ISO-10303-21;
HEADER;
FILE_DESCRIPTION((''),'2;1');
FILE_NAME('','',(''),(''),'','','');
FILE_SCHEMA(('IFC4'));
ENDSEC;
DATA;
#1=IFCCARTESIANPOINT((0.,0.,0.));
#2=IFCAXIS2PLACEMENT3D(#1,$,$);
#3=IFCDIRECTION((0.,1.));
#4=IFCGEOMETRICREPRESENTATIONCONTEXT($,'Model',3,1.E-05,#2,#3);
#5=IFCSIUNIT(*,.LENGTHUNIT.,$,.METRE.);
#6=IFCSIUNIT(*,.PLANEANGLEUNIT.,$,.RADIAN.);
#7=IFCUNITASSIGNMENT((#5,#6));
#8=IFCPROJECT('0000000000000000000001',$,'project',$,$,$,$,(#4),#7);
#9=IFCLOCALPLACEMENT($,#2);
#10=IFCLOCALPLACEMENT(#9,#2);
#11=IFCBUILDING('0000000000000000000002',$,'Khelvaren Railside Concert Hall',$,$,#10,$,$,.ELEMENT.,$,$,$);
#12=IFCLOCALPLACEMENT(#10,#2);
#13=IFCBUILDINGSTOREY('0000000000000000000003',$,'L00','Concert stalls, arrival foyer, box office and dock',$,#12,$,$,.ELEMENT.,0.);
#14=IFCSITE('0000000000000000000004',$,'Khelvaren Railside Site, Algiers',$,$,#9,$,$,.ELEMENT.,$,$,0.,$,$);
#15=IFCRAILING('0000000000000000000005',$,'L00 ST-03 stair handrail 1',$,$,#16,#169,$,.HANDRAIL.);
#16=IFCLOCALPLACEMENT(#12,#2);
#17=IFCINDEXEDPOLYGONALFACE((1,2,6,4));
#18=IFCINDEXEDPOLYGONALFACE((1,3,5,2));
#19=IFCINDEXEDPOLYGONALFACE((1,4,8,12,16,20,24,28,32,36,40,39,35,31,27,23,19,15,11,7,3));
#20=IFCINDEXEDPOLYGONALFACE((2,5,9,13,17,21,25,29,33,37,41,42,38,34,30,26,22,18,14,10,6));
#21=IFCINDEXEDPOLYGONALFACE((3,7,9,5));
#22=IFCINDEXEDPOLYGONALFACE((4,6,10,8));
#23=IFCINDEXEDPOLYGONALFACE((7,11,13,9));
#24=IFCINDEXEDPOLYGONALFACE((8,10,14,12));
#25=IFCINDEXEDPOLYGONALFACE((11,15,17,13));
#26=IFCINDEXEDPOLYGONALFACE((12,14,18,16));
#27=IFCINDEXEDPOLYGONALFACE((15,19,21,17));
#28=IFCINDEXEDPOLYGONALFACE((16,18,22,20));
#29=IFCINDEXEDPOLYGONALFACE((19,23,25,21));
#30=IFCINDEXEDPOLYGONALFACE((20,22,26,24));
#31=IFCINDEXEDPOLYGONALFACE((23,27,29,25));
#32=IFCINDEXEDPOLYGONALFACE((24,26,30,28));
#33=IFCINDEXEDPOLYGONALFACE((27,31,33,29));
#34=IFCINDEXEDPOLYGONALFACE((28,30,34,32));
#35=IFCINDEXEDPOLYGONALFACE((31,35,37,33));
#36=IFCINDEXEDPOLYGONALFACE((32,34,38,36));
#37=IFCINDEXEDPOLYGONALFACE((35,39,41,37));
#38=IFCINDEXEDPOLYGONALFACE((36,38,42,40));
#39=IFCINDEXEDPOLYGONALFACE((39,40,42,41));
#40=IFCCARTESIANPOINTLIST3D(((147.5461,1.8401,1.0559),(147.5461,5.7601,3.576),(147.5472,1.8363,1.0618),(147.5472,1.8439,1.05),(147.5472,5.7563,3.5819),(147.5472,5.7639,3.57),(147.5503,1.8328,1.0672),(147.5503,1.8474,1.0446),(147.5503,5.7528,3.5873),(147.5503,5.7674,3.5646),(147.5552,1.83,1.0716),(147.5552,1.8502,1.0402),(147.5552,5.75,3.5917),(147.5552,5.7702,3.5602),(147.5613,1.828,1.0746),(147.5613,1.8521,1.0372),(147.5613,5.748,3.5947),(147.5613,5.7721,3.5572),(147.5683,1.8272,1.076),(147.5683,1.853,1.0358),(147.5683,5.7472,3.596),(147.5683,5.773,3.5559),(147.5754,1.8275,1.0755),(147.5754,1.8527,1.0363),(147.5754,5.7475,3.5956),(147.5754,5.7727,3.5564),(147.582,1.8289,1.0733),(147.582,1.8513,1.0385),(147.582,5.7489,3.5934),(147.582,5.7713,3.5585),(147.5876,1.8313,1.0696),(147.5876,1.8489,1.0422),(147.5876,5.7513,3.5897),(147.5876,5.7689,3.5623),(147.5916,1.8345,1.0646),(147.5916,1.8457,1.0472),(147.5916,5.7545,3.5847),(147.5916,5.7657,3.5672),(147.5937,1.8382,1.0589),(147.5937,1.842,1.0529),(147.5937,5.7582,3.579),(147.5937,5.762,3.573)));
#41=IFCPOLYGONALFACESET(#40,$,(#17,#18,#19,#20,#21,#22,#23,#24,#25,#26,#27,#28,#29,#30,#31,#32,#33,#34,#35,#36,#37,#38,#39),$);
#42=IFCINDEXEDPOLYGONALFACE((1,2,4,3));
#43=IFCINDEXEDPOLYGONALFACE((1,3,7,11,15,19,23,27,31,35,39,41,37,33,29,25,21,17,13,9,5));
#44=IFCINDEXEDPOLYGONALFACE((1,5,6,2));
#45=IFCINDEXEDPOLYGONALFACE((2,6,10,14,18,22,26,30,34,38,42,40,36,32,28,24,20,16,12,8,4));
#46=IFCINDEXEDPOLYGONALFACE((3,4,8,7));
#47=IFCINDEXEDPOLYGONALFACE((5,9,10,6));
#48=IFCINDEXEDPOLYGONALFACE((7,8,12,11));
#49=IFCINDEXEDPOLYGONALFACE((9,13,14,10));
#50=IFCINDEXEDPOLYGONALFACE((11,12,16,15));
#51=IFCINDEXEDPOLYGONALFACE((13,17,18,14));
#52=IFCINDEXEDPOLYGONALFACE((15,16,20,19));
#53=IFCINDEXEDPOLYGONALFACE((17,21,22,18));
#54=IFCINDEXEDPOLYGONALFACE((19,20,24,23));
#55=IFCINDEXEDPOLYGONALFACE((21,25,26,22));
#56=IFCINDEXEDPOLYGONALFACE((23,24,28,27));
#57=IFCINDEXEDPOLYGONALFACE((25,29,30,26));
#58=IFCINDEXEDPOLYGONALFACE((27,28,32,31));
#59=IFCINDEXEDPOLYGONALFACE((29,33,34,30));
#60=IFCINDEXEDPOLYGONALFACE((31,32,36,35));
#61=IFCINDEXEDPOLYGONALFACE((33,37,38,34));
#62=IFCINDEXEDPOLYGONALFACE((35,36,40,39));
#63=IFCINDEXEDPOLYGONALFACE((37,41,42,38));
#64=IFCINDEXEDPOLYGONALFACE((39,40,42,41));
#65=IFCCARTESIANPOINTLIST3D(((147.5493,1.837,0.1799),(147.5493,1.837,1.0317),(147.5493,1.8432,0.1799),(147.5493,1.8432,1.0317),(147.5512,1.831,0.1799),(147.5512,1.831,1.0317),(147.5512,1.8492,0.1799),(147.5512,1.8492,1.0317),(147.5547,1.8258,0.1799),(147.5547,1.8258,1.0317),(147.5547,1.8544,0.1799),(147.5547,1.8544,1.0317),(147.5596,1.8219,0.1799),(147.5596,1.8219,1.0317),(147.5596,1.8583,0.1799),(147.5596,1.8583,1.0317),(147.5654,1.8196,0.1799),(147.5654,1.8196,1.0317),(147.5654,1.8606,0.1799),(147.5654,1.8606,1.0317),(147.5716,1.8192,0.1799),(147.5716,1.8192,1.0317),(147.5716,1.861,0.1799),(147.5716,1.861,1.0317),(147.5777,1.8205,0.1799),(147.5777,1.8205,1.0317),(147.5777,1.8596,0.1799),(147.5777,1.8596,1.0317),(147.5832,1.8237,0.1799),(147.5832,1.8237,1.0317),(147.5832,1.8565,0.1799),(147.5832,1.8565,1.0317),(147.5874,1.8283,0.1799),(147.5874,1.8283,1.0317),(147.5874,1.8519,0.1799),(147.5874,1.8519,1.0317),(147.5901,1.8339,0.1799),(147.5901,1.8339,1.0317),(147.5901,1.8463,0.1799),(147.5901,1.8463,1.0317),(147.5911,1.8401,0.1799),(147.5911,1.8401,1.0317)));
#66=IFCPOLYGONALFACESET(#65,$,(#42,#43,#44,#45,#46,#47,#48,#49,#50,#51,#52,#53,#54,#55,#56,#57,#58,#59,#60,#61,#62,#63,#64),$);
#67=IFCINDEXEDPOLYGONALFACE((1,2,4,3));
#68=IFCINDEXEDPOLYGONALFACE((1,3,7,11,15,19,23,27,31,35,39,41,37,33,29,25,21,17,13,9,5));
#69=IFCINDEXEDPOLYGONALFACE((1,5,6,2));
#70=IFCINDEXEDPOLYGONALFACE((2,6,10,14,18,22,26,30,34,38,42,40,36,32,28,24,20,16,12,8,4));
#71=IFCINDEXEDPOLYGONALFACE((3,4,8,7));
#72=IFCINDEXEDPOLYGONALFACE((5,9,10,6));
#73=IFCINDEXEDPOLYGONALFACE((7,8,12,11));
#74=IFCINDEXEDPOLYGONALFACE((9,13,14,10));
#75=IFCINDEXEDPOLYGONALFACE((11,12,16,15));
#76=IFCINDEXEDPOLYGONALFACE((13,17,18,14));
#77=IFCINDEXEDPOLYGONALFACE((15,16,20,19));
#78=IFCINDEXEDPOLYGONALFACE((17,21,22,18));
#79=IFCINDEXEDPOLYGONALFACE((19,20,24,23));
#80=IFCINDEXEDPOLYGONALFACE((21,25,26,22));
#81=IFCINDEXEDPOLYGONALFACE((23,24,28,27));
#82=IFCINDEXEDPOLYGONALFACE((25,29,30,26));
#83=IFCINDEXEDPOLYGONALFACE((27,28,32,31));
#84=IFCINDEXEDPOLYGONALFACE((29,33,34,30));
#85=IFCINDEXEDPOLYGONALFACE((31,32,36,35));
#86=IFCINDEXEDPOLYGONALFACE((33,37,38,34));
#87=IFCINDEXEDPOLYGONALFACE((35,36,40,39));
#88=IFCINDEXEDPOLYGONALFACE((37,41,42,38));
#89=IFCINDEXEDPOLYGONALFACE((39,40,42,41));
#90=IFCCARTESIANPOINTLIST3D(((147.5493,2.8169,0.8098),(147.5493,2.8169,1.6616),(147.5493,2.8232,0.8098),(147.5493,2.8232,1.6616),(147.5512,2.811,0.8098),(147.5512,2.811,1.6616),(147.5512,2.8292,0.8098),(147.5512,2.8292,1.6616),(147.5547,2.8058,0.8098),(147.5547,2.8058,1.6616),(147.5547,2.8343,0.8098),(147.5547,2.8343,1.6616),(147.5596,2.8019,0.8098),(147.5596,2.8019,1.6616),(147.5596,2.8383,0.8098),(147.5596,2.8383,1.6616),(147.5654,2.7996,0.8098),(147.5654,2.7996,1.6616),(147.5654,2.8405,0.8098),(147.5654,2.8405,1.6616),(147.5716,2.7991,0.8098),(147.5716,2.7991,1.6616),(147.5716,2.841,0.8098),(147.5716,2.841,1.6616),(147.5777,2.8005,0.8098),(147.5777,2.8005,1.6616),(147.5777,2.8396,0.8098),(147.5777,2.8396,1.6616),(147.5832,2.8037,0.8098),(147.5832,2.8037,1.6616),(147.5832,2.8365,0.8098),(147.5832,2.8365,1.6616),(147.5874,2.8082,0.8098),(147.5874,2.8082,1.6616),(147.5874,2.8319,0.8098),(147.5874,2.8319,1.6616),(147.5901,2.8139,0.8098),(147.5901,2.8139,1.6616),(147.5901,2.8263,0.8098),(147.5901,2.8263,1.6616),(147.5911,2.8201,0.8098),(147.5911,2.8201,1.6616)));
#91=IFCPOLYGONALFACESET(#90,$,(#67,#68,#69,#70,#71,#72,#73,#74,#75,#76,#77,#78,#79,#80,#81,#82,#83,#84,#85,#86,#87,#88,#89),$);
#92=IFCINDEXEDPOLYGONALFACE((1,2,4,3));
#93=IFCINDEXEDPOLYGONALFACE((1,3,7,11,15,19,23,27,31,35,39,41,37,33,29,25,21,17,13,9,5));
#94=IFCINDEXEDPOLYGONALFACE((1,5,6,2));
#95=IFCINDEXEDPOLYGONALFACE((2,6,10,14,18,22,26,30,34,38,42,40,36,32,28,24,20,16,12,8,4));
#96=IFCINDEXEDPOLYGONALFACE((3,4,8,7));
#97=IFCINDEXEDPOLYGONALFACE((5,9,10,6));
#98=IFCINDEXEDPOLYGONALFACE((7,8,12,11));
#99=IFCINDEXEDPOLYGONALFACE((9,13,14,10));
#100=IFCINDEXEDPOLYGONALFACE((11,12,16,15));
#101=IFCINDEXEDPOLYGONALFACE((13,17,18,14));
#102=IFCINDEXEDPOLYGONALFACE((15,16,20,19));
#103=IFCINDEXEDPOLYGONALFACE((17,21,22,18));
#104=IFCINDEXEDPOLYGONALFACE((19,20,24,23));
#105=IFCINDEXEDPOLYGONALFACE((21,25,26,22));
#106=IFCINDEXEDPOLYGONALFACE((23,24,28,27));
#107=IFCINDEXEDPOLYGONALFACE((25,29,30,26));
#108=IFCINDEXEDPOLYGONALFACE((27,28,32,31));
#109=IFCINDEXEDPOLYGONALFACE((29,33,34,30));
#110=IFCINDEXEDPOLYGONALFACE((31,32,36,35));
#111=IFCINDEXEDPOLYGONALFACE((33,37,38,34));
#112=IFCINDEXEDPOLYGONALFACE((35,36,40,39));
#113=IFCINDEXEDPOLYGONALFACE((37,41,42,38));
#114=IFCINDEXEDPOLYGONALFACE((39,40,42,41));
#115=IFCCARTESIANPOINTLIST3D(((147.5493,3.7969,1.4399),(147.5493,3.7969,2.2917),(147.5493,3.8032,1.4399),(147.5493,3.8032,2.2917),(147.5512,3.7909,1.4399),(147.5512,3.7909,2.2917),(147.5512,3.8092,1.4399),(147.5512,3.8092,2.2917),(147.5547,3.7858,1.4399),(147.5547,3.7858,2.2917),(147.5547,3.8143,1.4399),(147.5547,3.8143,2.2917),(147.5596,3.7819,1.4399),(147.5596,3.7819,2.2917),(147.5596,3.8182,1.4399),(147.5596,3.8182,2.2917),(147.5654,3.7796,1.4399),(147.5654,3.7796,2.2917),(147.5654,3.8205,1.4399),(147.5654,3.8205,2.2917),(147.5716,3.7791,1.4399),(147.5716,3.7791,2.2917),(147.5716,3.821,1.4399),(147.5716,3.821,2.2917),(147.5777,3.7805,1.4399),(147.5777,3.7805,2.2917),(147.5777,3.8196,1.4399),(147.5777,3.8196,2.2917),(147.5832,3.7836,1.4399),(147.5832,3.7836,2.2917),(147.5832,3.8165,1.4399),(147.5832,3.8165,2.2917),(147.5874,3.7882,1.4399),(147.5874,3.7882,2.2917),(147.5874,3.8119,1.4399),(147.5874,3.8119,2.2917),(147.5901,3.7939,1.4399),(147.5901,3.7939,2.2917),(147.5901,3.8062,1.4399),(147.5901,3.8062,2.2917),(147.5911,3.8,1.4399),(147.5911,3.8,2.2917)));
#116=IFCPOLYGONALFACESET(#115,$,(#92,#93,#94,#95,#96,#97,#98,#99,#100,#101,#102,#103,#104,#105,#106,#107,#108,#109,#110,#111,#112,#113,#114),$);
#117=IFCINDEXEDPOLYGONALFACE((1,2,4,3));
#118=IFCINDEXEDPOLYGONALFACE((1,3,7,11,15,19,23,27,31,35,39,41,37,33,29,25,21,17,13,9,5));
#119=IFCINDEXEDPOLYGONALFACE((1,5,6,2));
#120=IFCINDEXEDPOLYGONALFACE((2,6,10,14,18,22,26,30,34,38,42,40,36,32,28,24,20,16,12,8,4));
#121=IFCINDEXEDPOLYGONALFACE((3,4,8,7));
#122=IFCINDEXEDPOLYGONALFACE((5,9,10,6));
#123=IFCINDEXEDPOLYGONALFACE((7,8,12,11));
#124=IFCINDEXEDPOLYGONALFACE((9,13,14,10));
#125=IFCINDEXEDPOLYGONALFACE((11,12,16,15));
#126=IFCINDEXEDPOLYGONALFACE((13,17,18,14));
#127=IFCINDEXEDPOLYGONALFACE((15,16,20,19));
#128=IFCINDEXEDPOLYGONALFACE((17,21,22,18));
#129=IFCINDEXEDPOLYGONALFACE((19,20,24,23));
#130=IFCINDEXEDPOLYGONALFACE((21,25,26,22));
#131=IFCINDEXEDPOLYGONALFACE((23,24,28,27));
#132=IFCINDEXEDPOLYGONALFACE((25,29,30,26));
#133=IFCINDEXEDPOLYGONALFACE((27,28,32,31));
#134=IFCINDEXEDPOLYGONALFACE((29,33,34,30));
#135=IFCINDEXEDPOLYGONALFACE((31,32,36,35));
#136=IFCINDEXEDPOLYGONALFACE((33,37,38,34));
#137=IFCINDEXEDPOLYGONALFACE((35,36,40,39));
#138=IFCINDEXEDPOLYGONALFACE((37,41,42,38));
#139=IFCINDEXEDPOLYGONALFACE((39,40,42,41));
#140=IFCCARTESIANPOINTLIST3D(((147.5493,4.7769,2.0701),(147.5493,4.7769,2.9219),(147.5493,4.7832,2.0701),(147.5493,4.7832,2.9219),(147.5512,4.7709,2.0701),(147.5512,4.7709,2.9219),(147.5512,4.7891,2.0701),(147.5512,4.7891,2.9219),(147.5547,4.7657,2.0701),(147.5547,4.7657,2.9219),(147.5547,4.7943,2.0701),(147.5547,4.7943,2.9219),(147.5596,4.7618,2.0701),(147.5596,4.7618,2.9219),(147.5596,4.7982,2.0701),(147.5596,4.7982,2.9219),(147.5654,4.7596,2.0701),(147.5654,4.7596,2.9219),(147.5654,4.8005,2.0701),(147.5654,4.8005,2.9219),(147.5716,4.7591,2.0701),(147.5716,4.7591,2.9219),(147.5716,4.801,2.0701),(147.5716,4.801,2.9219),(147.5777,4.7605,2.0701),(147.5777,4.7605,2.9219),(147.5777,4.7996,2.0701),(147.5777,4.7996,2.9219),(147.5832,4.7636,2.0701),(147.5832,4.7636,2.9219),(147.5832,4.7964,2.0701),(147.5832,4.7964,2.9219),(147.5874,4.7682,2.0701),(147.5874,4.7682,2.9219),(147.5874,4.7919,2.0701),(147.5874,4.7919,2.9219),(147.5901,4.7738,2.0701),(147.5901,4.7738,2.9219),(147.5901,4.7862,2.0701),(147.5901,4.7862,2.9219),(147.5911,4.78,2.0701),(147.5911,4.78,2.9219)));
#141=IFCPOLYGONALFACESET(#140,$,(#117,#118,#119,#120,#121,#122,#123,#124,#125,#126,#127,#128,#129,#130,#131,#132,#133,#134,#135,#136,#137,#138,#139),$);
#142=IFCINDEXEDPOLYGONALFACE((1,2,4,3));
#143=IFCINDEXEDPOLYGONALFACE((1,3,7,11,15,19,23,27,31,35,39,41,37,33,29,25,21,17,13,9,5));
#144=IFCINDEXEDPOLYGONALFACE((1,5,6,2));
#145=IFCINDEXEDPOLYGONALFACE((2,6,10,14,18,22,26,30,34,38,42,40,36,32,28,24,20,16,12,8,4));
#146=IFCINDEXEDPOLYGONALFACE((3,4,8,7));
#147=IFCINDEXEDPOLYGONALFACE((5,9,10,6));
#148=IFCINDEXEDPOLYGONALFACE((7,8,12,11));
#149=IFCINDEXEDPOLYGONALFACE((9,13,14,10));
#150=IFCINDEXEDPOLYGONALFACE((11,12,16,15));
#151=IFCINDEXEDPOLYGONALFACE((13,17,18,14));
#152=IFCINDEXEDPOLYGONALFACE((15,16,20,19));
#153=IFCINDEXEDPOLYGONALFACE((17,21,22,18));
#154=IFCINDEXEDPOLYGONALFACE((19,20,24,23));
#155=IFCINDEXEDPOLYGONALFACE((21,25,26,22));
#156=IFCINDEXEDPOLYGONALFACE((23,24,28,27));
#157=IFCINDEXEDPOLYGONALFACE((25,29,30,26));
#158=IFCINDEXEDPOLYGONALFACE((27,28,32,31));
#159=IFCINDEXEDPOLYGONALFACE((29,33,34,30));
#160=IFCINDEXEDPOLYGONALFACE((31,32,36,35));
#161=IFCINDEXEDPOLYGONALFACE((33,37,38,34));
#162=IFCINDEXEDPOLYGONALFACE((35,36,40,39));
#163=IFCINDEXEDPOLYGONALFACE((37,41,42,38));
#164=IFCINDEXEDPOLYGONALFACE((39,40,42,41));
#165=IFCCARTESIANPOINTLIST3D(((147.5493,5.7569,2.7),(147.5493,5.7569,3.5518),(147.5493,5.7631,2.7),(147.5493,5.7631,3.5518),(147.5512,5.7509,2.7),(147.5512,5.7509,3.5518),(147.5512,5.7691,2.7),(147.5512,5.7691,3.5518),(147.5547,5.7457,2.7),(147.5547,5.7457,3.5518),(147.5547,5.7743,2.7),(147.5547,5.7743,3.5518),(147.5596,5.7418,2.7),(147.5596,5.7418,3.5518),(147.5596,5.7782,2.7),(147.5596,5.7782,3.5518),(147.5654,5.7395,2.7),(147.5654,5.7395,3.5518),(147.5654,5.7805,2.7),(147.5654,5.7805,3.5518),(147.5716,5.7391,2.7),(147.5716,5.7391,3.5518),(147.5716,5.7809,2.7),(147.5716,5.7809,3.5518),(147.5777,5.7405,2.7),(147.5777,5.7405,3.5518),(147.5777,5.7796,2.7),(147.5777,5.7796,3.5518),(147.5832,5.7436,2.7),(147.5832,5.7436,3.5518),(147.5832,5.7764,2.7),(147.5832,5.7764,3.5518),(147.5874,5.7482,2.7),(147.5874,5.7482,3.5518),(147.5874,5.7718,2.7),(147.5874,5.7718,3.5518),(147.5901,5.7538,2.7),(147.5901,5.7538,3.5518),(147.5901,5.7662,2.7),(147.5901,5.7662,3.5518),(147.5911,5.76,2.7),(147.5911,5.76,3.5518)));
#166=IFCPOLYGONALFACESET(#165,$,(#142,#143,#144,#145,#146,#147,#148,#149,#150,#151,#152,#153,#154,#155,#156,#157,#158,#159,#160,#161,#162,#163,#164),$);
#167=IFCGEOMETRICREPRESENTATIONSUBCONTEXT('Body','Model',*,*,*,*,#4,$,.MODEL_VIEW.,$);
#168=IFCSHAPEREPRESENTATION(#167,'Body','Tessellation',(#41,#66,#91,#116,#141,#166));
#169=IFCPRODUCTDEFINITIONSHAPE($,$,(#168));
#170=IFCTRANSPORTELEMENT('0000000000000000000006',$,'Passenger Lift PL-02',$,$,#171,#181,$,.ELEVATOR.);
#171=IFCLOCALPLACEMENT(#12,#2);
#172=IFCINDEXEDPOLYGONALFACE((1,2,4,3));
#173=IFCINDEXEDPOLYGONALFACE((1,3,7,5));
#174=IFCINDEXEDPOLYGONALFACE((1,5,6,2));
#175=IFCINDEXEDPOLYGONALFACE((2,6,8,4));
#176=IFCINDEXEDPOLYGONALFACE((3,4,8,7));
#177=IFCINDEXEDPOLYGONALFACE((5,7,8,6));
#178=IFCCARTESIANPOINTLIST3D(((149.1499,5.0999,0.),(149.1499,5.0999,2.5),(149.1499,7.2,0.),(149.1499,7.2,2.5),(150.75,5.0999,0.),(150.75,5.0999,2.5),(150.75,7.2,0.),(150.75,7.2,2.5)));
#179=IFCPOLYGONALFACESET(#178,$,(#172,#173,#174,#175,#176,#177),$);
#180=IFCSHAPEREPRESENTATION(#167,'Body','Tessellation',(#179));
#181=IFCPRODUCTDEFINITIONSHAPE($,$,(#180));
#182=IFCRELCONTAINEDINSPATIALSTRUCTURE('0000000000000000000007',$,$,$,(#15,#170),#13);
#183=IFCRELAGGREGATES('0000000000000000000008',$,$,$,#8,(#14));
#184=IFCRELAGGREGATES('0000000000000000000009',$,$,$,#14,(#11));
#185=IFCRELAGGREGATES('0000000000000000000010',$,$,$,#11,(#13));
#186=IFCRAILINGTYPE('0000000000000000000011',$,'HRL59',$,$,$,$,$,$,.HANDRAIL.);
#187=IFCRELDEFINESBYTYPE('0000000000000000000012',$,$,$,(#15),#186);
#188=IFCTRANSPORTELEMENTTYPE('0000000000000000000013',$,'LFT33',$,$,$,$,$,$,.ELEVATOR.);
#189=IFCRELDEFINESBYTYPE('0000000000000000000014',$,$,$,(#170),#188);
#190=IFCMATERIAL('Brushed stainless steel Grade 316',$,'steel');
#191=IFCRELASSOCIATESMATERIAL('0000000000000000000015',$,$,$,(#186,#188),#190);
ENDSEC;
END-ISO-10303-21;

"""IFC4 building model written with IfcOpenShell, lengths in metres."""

from ifc_helpers import new_model, si_unit, direction, frame, origin, origin_2d, place, context, subcontext, project, spatial, rectangle, circle, extrude, material, type_object, element, save


model = new_model("IFC4")

# Units and contexts
model_context = context("Model", 3, precision=1e-05, world=origin(), true_north=direction((0.0, 1.0)))
body_context = subcontext(model_context, "Body", "Model", "MODEL_VIEW")
ifc_project = project(units=[si_unit("LENGTHUNIT", "METRE"), si_unit("PLANEANGLEUNIT", "RADIAN")], contexts=[model_context])

# Site, building, storey
site_placement = place(None, origin())
site = spatial("IfcSite", under=ifc_project, at=site_placement, Name="Khelvaren Railside Site, Algiers", CompositionType="ELEMENT", RefElevation=0.0)
building_placement = place(site_placement, origin())
building = spatial("IfcBuilding", under=site, at=building_placement, Name="Khelvaren Railside Concert Hall", CompositionType="ELEMENT")
storey_placement = place(building_placement, origin())
storey = spatial("IfcBuildingStorey", under=building, at=storey_placement, Name="L00", Description="Concert stalls, arrival foyer, box office and dock", CompositionType="ELEMENT", Elevation=0.0)

# Railing
ifc_material_1 = material(Name="Brushed stainless steel Grade 316", Category="steel")
railing_type_1 = type_object("IfcRailingType", Name="HRL59", PredefinedType="HANDRAIL", material=ifc_material_1)
railing_1_placement = place(storey_placement, frame((147.5701, 1.8401, 0.1799)))
element("IfcRailing", 1, at=railing_1_placement, inside=storey, type_object=railing_type_1, Name="L00 ST-03 stair handrail 1", PredefinedType="HANDRAIL", context=body_context, shape_type="SweptSolid", body=[
    extrude(circle(Radius=0.0239, at=origin_2d()), frame((0.0, 0.0, 0.876), z_axis=(0.0, 0.841172, 0.540768), x_axis=(-1.0, 0.0, 0.0)), (0.0, 0.0, 1.0), 4.6602),
    extrude(circle(Radius=0.021, at=origin_2d()), origin(), (0.0, 0.0, 1.0), 0.8518),
    extrude(circle(Radius=0.021, at=origin_2d()), frame((0.0, 0.98, 0.6299)), (0.0, 0.0, 1.0), 0.8518),
    extrude(circle(Radius=0.021, at=origin_2d()), frame((0.0, 1.96, 1.26)), (0.0, 0.0, 1.0), 0.8518),
    extrude(circle(Radius=0.021, at=origin_2d()), frame((0.0, 2.9399, 1.8901)), (0.0, 0.0, 1.0), 0.8518),
    extrude(circle(Radius=0.021, at=origin_2d()), frame((0.0, 3.9199, 2.52)), (0.0, 0.0, 1.0), 0.8518),
])

# Transport element
transport_element_type = type_object("IfcTransportElementType", Name="LFT33", PredefinedType="ELEVATOR", material=ifc_material_1)
transport_element_placement = place(storey_placement, frame((149.95, 6.1499, 0.0), z_axis=(0.0, 0.0, 1.0), x_axis=(1.0, 0.0, 0.0)))
element("IfcTransportElement", 2, at=transport_element_placement, inside=storey, type_object=transport_element_type, Name="Passenger Lift PL-02", PredefinedType="ELEVATOR", context=body_context, shape_type="SweptSolid", body=[
    extrude(rectangle(XDim=1.6001, YDim=2.1001, at=origin_2d()), origin(), (0.0, 0.0, 1.0), 2.5),
])

save(model, "model.ifc")
